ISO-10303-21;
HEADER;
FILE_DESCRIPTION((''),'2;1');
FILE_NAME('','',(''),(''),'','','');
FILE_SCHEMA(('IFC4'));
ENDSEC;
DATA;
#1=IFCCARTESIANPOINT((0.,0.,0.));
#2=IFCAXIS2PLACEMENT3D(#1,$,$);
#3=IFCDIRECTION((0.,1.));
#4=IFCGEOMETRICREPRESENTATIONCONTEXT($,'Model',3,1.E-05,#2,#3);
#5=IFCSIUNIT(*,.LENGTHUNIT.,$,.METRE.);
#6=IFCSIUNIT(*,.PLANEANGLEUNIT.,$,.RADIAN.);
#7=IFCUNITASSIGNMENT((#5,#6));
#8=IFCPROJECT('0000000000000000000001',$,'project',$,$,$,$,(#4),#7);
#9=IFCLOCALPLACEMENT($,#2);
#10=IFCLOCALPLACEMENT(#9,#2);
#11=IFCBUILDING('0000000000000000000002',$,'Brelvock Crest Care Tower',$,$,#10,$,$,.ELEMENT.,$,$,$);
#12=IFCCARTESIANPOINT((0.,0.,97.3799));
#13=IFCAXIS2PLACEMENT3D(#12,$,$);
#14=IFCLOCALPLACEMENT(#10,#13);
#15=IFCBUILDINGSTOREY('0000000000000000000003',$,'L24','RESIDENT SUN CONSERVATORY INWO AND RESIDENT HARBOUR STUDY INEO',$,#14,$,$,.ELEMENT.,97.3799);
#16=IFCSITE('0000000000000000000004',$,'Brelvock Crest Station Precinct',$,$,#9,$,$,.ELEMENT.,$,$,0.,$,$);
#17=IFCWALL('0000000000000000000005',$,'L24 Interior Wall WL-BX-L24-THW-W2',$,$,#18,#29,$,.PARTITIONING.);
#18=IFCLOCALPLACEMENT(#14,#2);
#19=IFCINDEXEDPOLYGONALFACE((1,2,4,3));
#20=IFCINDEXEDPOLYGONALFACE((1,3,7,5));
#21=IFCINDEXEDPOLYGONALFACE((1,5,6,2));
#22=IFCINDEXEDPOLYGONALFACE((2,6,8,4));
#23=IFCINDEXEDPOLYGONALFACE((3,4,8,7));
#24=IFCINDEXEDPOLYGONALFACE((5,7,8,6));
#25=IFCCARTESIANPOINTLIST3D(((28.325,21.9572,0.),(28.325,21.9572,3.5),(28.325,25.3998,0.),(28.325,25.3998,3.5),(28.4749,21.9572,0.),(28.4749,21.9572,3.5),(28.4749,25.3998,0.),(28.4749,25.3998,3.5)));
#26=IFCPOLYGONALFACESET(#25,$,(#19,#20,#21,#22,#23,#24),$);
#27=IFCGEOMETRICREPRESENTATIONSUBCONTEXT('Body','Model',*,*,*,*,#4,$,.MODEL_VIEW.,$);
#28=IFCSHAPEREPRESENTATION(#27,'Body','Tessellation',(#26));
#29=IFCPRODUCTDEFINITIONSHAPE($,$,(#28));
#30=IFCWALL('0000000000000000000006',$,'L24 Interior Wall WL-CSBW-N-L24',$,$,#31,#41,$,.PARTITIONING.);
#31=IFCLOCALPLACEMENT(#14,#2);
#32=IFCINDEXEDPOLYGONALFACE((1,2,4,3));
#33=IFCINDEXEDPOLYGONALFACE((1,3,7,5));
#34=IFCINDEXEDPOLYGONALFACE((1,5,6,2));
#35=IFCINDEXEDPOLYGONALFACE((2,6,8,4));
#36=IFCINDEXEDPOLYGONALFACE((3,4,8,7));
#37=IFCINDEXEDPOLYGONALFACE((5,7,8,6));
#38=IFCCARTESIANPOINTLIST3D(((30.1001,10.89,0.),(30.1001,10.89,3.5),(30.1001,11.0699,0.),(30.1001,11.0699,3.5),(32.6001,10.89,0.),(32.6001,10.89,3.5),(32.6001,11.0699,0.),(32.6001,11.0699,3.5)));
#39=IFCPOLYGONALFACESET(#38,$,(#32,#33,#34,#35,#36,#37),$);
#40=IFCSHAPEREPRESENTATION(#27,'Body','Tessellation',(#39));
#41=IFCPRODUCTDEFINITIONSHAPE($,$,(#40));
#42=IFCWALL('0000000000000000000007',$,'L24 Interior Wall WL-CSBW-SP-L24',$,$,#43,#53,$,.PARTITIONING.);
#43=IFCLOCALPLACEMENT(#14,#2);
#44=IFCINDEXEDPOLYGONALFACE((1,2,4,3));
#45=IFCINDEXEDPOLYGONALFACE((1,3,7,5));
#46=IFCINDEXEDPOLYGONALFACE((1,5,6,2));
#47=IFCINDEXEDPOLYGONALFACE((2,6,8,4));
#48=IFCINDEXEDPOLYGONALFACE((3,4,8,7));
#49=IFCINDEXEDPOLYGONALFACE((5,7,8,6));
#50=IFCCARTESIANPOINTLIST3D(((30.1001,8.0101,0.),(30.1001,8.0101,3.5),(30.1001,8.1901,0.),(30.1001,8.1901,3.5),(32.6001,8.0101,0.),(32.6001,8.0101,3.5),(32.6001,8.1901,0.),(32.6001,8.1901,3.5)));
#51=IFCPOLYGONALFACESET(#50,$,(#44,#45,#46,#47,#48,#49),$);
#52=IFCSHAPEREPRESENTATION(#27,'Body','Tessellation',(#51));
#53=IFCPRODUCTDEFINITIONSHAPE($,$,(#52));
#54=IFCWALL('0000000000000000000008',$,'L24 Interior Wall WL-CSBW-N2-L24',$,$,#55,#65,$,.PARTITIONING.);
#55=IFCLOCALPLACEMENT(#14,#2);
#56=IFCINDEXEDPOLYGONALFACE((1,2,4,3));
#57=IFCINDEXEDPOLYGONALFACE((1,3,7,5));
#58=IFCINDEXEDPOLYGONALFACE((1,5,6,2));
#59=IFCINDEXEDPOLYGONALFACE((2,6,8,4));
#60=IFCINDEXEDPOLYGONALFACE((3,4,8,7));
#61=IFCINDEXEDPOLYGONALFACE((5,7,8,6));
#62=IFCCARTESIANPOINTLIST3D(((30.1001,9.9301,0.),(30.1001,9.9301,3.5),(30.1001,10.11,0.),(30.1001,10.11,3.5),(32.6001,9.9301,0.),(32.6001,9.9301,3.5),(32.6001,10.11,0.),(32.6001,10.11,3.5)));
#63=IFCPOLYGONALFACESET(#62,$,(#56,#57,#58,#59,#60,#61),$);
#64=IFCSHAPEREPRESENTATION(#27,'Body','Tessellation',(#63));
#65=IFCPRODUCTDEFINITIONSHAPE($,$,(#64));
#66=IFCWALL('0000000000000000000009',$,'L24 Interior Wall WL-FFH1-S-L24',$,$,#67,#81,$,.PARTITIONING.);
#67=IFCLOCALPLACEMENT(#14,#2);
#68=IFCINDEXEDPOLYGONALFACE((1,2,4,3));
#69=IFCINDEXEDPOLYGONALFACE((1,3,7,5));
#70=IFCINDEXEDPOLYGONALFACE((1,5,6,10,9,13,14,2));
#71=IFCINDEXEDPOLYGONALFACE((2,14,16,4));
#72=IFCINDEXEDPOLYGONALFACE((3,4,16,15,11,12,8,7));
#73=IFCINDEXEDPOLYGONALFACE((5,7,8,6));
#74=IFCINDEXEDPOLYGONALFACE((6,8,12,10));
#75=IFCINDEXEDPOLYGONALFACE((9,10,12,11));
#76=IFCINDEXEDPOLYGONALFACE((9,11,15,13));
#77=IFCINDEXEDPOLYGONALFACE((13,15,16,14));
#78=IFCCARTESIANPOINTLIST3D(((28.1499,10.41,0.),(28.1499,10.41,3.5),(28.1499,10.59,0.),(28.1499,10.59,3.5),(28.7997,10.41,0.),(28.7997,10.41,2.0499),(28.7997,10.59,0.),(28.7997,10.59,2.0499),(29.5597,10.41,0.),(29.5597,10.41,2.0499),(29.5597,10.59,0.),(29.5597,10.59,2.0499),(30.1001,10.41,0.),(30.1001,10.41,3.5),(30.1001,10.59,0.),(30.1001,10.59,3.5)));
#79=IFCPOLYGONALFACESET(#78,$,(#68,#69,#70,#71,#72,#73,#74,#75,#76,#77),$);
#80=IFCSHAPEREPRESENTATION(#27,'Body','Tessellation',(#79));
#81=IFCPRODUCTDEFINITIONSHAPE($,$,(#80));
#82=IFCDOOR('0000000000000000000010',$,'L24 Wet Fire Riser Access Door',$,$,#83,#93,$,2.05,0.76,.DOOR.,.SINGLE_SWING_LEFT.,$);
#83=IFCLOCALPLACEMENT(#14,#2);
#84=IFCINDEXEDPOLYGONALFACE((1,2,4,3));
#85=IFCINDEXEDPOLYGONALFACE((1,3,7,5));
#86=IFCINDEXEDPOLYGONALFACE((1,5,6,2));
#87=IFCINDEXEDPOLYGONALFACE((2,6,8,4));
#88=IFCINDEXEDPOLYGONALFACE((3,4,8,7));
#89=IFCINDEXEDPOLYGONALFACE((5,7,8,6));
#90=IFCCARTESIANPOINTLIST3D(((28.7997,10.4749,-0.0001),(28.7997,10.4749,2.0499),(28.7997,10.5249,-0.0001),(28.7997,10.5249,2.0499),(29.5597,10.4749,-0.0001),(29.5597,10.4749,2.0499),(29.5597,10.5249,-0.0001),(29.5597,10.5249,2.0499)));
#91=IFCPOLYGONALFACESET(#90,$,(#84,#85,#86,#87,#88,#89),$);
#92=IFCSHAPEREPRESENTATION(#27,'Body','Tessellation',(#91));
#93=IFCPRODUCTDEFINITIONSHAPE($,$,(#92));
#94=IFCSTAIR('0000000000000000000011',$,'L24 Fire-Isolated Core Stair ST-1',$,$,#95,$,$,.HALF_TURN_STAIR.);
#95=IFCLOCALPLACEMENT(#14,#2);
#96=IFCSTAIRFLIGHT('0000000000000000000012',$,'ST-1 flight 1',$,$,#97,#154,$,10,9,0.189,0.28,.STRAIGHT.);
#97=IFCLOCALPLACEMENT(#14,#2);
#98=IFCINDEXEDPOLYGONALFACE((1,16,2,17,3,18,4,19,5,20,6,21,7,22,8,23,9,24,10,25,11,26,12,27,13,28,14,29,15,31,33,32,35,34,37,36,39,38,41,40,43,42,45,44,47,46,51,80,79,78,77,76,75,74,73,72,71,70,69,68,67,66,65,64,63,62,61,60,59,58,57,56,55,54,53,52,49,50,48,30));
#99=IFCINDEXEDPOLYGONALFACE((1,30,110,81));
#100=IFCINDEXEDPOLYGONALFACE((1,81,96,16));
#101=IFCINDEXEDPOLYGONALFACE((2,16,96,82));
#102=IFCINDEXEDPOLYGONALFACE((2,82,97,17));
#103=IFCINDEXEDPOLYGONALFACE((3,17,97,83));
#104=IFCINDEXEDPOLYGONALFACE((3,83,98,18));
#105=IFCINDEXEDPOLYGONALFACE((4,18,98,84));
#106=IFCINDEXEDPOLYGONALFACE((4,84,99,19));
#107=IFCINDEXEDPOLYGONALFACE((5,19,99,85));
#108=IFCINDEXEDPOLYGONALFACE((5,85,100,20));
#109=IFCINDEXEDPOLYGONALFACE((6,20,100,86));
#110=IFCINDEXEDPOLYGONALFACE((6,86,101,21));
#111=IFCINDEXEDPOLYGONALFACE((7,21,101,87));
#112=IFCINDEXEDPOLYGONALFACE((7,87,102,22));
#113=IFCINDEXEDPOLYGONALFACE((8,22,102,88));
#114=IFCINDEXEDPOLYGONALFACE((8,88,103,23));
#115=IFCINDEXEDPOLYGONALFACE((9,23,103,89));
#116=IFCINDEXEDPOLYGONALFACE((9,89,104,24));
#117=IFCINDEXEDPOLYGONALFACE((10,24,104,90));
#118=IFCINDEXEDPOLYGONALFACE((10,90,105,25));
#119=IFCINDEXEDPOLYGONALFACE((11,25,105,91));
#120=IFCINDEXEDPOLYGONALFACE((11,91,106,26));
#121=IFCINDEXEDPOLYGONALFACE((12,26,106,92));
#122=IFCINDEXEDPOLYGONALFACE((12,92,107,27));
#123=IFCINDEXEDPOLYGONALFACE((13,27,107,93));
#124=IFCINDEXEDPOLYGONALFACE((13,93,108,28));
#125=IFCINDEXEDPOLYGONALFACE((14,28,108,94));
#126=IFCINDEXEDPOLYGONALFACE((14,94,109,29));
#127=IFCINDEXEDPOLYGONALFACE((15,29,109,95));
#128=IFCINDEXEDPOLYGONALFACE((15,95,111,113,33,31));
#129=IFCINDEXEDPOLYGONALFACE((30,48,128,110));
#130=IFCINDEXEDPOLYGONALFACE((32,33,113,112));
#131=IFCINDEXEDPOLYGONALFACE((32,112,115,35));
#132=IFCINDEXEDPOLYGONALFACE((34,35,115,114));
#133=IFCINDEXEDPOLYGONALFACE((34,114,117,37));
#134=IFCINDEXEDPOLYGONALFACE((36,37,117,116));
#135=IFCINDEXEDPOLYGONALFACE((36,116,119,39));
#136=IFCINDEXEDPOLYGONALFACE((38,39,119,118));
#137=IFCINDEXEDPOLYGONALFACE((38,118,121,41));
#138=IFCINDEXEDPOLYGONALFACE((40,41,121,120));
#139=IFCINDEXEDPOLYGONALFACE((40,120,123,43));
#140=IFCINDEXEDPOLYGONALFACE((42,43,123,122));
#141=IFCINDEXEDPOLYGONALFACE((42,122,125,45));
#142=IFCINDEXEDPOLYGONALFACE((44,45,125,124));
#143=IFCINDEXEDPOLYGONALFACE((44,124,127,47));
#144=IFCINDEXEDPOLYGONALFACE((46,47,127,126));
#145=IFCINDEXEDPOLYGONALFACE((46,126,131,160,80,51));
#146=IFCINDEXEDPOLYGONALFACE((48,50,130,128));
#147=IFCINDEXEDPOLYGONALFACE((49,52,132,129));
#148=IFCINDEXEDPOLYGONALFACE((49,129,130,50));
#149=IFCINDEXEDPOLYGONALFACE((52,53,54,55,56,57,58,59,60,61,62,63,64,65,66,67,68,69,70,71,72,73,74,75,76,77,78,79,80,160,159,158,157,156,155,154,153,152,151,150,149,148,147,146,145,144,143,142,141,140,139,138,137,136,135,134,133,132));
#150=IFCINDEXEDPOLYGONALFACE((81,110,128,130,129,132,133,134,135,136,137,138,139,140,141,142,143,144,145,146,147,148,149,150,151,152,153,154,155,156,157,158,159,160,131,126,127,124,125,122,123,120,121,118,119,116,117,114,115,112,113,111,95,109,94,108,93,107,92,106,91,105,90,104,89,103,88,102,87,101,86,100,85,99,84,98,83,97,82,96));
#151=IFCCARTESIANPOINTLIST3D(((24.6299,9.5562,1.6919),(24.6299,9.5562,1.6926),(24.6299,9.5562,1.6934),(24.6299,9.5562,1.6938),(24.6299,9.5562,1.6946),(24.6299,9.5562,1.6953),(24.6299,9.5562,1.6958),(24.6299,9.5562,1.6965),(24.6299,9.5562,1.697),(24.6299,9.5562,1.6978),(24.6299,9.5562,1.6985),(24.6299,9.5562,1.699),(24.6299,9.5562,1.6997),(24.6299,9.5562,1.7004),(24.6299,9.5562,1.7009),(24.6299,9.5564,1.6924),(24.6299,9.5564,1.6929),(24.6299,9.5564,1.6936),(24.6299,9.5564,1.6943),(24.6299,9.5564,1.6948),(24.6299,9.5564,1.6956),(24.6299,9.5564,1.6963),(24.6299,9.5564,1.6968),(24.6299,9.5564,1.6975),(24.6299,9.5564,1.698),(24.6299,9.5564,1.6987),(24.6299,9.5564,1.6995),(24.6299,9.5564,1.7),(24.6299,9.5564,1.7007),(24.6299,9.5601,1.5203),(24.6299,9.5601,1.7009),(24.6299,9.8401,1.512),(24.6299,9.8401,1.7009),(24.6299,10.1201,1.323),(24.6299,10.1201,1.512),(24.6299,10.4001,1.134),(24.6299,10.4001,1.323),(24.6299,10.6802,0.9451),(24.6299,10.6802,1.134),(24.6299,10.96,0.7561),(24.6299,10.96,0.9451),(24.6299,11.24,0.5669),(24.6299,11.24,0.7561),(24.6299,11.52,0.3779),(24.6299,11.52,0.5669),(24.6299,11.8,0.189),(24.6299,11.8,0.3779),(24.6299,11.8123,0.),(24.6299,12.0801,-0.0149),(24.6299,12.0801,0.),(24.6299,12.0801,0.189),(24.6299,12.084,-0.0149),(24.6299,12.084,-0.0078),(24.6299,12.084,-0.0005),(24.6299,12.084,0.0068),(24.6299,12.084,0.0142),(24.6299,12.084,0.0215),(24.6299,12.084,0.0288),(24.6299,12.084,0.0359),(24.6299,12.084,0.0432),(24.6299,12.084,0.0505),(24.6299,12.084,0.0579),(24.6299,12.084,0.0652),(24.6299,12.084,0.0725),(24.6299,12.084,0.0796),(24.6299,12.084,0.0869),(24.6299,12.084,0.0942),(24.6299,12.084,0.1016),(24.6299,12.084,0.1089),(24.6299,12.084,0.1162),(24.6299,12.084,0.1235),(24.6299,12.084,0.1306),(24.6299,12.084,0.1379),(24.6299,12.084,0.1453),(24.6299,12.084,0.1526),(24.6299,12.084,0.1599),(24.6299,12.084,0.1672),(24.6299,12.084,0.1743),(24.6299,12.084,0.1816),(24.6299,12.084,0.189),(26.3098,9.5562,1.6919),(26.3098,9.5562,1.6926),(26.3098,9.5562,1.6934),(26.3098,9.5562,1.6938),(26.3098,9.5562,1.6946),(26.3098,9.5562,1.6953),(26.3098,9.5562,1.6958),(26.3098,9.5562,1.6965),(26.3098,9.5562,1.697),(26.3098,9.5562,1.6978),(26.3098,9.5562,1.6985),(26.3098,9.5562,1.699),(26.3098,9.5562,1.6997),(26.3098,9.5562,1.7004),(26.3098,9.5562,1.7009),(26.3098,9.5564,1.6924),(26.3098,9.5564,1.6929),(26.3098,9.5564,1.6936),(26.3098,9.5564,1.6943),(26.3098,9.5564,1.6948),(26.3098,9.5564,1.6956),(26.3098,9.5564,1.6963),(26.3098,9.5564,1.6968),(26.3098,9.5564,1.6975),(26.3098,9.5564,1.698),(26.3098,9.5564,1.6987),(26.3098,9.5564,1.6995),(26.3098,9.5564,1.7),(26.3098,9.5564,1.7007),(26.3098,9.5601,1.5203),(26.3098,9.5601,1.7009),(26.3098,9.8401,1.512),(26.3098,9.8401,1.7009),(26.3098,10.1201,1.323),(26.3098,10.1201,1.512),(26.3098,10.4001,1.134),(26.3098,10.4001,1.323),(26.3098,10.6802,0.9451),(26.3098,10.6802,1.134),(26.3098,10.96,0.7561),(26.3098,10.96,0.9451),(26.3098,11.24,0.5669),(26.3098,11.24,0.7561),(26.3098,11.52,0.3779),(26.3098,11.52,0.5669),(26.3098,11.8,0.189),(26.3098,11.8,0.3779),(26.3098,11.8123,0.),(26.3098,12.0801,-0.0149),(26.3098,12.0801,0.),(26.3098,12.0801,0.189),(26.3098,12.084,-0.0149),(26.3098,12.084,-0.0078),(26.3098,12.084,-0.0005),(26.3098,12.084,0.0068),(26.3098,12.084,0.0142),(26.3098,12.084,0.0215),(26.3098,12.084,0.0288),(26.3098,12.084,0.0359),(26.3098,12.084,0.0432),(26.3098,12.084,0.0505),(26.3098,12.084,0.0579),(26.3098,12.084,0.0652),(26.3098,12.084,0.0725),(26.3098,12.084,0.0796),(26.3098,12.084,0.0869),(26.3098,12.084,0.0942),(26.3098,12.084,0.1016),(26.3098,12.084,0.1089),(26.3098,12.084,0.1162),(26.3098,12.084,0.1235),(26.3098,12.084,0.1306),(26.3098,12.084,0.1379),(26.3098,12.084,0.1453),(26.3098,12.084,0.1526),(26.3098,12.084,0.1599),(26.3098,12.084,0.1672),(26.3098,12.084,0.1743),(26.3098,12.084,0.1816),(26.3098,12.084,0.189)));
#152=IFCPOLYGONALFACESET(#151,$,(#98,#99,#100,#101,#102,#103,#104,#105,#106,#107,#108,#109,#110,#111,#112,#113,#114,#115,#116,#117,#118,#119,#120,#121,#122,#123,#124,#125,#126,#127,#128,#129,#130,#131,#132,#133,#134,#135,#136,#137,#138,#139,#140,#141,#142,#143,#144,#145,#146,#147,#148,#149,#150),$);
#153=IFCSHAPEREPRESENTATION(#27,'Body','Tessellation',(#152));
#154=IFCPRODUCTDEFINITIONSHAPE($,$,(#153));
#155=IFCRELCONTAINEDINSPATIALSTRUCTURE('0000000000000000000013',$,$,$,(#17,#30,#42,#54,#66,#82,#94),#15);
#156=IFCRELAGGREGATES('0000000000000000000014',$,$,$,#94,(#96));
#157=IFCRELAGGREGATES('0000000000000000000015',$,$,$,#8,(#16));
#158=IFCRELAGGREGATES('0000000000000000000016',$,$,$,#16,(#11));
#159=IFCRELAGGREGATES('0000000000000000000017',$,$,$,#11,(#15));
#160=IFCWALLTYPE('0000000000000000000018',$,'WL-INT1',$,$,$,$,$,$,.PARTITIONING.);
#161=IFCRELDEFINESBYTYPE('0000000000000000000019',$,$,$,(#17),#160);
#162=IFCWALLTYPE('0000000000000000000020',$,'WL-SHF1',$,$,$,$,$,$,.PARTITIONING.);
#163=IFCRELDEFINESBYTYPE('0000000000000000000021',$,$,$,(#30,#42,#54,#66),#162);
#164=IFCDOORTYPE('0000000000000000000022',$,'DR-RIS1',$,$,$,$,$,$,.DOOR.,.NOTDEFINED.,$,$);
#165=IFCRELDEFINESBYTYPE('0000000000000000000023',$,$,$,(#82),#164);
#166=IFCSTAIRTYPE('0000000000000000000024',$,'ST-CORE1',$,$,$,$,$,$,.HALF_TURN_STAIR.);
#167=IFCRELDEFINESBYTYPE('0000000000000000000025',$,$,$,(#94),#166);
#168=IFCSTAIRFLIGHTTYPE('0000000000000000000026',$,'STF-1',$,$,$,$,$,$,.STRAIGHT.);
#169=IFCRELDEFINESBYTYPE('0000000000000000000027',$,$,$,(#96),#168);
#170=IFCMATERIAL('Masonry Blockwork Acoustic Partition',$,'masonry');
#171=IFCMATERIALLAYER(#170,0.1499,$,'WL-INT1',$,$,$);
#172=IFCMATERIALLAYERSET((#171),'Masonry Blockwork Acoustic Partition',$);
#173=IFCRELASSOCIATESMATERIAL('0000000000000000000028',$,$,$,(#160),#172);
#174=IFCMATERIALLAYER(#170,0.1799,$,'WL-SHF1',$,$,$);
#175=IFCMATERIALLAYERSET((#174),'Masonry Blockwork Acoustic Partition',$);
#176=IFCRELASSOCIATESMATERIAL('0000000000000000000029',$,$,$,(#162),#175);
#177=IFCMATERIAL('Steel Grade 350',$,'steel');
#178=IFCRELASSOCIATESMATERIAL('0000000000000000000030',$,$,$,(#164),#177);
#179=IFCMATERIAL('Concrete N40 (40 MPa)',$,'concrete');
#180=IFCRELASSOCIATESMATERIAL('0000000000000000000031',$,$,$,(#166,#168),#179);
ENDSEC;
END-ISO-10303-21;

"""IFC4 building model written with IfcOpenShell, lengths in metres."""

from ifc_helpers import new_model, si_unit, direction, frame, frame_2d, origin, origin_2d, place, context, subcontext, project, spatial, polyline, rectangle, outline, extrude, source, transform, mapped, material, layer, layer_set, type_object, element, fill, aggregate, save


model = new_model("IFC4")

# Units and contexts
model_context = context("Model", 3, precision=1e-05, world=origin(), true_north=direction((0.0, 1.0)))
body_context = subcontext(model_context, "Body", "Model", "MODEL_VIEW")
ifc_project = project(units=[si_unit("LENGTHUNIT", "METRE"), si_unit("PLANEANGLEUNIT", "RADIAN")], contexts=[model_context])

# Site, building, storey
site_placement = place(None, origin())
site = spatial("IfcSite", under=ifc_project, at=site_placement, Name="Brelvock Crest Station Precinct", CompositionType="ELEMENT", RefElevation=0.0)
building_placement = place(site_placement, origin())
building = spatial("IfcBuilding", under=site, at=building_placement, Name="Brelvock Crest Care Tower", CompositionType="ELEMENT")
storey_placement = place(building_placement, frame((0.0, 0.0, 97.3799)))
storey = spatial("IfcBuildingStorey", under=building, at=storey_placement, Name="L24", Description="RESIDENT SUN CONSERVATORY INWO AND RESIDENT HARBOUR STUDY INEO", CompositionType="ELEMENT", Elevation=97.3799)

# Shared definitions
ifc_material_1 = material(Name="Steel Grade 350", Category="steel")

# Walls
ifc_material_2 = material(Name="Masonry Blockwork Acoustic Partition", Category="masonry")
ifc_layer_1 = layer(ifc_material_2, 0.1499, Name="WL-INT1")
ifc_layer_set_1 = layer_set([ifc_layer_1], Name="Masonry Blockwork Acoustic Partition")
wall_type_1 = type_object("IfcWallType", Name="WL-INT1", PredefinedType="PARTITIONING", material=ifc_layer_set_1)
wall_1_placement = place(storey_placement, frame((28.3999, 21.9573, 0.0), z_axis=(0.0, 0.0, 1.0), x_axis=(0.0, 1.0, 0.0)))
element("IfcWall", 1, at=wall_1_placement, inside=storey, type_object=wall_type_1, Name="L24 Interior Wall WL-BX-L24-THW-W2", PredefinedType="PARTITIONING", context=body_context, shape_type="SweptSolid", body=[
    extrude(rectangle(XDim=3.4426, YDim=0.1499, at=frame_2d((1.7212, 0.0))), origin(), (0.0, 0.0, 1.0), 3.5),
])
ifc_layer_2 = layer(ifc_material_2, 0.1799, Name="WL-SHF1")
ifc_layer_set_2 = layer_set([ifc_layer_2], Name="Masonry Blockwork Acoustic Partition")
wall_type_2 = type_object("IfcWallType", Name="WL-SHF1", PredefinedType="PARTITIONING", material=ifc_layer_set_2)
for number, where, z_axis, x_axis, name in (
    (2, (30.1001, 10.98, 0.0), (0.0, 0.0, 1.0), (1.0, 0.0, 0.0), "L24 Interior Wall WL-CSBW-N-L24"),
    (3, (30.1001, 8.1001, 0.0), (0.0, 0.0, 1.0), (1.0, 0.0, 0.0), "L24 Interior Wall WL-CSBW-SP-L24"),
    (4, (30.1001, 10.02, 0.0), (0.0, 0.0, 1.0), (1.0, 0.0, 0.0), "L24 Interior Wall WL-CSBW-N2-L24"),
):
    element("IfcWall", number, at=place(storey_placement, frame(where, z_axis=z_axis, x_axis=x_axis)), inside=storey, type_object=wall_type_2, Name=name, PredefinedType="PARTITIONING", context=body_context, shape_type="SweptSolid", body=[
        extrude(rectangle(XDim=2.5, YDim=0.1799, at=frame_2d((1.25, 0.0))), origin(), (0.0, 0.0, 1.0), 3.5),
    ])

# Wall, opening, door
wall_2_placement = place(storey_placement, frame((28.1499, 10.5, 0.0), z_axis=(0.0, 0.0, 1.0), x_axis=(1.0, 0.0, 0.0)))
wall_2 = element("IfcWall", 5, at=wall_2_placement, inside=storey, type_object=wall_type_2, Name="L24 Interior Wall WL-FFH1-S-L24", PredefinedType="PARTITIONING", context=body_context, shape_type="SweptSolid", body=[
    extrude(rectangle(XDim=1.9502, YDim=0.1799, at=frame_2d((0.9751, 0.0))), origin(), (0.0, 0.0, 1.0), 3.5),
])
opening_placement = place(wall_2_placement, frame((0.6499, 0.0, 0.0)))
opening = element("IfcOpeningElement", 6, at=opening_placement, cuts=wall_2, PredefinedType="OPENING", context=body_context, shape_type="SweptSolid", body=[
    extrude(rectangle(XDim=0.76, YDim=2.05, at=origin_2d()), frame((0.3799, 0.1001, 1.0249), z_axis=(0.0, -1.0, 0.0), x_axis=(1.0, 0.0, 0.0)), (0.0, 0.0, 1.0), 0.2),
])
door_type = type_object("IfcDoorType", Name="DR-RIS1", OperationType="NOTDEFINED", PredefinedType="DOOR", material=ifc_material_1)
shared_shape_1 = source(origin(), body_context, "Body", "SweptSolid", [
    extrude(rectangle(XDim=0.76, YDim=2.05, at=origin_2d()), frame((0.3799, 0.0249, 1.0249), z_axis=(0.0, -1.0, 0.0), x_axis=(1.0, 0.0, 0.0)), (0.0, 0.0, 1.0), 0.05),
])
door_placement = place(opening_placement, origin())
door = element("IfcDoor", 7, at=door_placement, inside=storey, type_object=door_type, Name="L24 Wet Fire Riser Access Door", OperationType="SINGLE_SWING_LEFT", OverallHeight=2.05, OverallWidth=0.76, PredefinedType="DOOR", context=body_context, shape_type="MappedRepresentation", body=[
    mapped(shared_shape_1, transform((0.0, 0.0, 0.0), x_axis=(1.0, 0.0, 0.0), y_axis=(0.0, 1.0, 0.0), z_axis=(0.0, 0.0, 1.0), scale=1.0)),
])
fill(opening, door)

# Stair, stair flight
ifc_material_3 = material(Name="Concrete N40 (40 MPa)", Category="concrete")
stair_type = type_object("IfcStairType", Name="ST-CORE1", PredefinedType="HALF_TURN_STAIR", material=ifc_material_3)
stair_placement = place(storey_placement, origin())
stair = element("IfcStair", 8, at=stair_placement, inside=storey, type_object=stair_type, Name="L24 Fire-Isolated Core Stair ST-1", PredefinedType="HALF_TURN_STAIR")
stair_flight_type = type_object("IfcStairFlightType", Name="STF-1", PredefinedType="STRAIGHT", material=ifc_material_3)
stair_flight_1_placement = place(storey_placement, frame((25.47, 12.0801, 0.0), z_axis=(0.0, 0.0, 1.0), x_axis=(0.0, -1.0, 0.0)))
stair_flight_1 = element("IfcStairFlight", 9, at=stair_flight_1_placement, type_object=stair_flight_type, Name="ST-1 flight 1", NumberOfRisers=10, NumberOfTreads=9, PredefinedType="STRAIGHT", RiserHeight=0.189, TreadLength=0.28, context=body_context, shape_type="SweptSolid", body=[
    extrude(outline(polyline([(-0.0039, -0.0149), (-0.0039, -0.0078), (-0.0039, -0.0005), (-0.0039, 0.0068), (-0.0039, 0.0142), (-0.0039, 0.0215), (-0.0039, 0.0288), (-0.0039, 0.0359), (-0.0039, 0.0432), (-0.0039, 0.0505), (-0.0039, 0.0579), (-0.0039, 0.0652), (-0.0039, 0.0725), (-0.0039, 0.0796), (-0.0039, 0.0869), (-0.0039, 0.0942), (-0.0039, 0.1016), (-0.0039, 0.1089), (-0.0039, 0.1162), (-0.0039, 0.1235), (-0.0039, 0.1306), (-0.0039, 0.1379), (-0.0039, 0.1453), (-0.0039, 0.1526), (-0.0039, 0.1599), (-0.0039, 0.1672), (-0.0039, 0.1743), (-0.0039, 0.1816), (-0.0039, 0.189), (0.0, 0.189), (0.28, 0.189), (0.28, 0.3779), (0.5601, 0.3779), (0.5601, 0.5669), (0.8401, 0.5669), (0.8401, 0.7561), (1.1201, 0.7561), (1.1201, 0.9451), (1.3999, 0.9451), (1.3999, 1.134), (1.6799, 1.134), (1.6799, 1.323), (1.96, 1.323), (1.96, 1.512), (2.24, 1.512), (2.24, 1.7009), (2.52, 1.7009), (2.5239, 1.7009), (2.5237, 1.7007), (2.5239, 1.7004), (2.5237, 1.7), (2.5239, 1.6997), (2.5237, 1.6995), (2.5239, 1.699), (2.5237, 1.6987), (2.5239, 1.6985), (2.5237, 1.698), (2.5239, 1.6978), (2.5237, 1.6975), (2.5239, 1.697), (2.5237, 1.6968), (2.5239, 1.6965), (2.5237, 1.6963), (2.5239, 1.6958), (2.5237, 1.6956), (2.5239, 1.6953), (2.5237, 1.6948), (2.5239, 1.6946), (2.5237, 1.6943), (2.5239, 1.6938), (2.5237, 1.6936), (2.5239, 1.6934), (2.5237, 1.6929), (2.5239, 1.6926), (2.5237, 1.6924), (2.5239, 1.6919), (2.52, 1.5203), (0.2678, 0.0), (0.0, 0.0), (0.0, -0.0149), (-0.0039, -0.0149)])), frame((0.0, 0.8398, 0.0), z_axis=(0.0, -1.0, 0.0), x_axis=(1.0, 0.0, 0.0)), (0.0, 0.0, 1.0), 1.6799),
])
aggregate(stair, [stair_flight_1])

save(model, "model.ifc")
